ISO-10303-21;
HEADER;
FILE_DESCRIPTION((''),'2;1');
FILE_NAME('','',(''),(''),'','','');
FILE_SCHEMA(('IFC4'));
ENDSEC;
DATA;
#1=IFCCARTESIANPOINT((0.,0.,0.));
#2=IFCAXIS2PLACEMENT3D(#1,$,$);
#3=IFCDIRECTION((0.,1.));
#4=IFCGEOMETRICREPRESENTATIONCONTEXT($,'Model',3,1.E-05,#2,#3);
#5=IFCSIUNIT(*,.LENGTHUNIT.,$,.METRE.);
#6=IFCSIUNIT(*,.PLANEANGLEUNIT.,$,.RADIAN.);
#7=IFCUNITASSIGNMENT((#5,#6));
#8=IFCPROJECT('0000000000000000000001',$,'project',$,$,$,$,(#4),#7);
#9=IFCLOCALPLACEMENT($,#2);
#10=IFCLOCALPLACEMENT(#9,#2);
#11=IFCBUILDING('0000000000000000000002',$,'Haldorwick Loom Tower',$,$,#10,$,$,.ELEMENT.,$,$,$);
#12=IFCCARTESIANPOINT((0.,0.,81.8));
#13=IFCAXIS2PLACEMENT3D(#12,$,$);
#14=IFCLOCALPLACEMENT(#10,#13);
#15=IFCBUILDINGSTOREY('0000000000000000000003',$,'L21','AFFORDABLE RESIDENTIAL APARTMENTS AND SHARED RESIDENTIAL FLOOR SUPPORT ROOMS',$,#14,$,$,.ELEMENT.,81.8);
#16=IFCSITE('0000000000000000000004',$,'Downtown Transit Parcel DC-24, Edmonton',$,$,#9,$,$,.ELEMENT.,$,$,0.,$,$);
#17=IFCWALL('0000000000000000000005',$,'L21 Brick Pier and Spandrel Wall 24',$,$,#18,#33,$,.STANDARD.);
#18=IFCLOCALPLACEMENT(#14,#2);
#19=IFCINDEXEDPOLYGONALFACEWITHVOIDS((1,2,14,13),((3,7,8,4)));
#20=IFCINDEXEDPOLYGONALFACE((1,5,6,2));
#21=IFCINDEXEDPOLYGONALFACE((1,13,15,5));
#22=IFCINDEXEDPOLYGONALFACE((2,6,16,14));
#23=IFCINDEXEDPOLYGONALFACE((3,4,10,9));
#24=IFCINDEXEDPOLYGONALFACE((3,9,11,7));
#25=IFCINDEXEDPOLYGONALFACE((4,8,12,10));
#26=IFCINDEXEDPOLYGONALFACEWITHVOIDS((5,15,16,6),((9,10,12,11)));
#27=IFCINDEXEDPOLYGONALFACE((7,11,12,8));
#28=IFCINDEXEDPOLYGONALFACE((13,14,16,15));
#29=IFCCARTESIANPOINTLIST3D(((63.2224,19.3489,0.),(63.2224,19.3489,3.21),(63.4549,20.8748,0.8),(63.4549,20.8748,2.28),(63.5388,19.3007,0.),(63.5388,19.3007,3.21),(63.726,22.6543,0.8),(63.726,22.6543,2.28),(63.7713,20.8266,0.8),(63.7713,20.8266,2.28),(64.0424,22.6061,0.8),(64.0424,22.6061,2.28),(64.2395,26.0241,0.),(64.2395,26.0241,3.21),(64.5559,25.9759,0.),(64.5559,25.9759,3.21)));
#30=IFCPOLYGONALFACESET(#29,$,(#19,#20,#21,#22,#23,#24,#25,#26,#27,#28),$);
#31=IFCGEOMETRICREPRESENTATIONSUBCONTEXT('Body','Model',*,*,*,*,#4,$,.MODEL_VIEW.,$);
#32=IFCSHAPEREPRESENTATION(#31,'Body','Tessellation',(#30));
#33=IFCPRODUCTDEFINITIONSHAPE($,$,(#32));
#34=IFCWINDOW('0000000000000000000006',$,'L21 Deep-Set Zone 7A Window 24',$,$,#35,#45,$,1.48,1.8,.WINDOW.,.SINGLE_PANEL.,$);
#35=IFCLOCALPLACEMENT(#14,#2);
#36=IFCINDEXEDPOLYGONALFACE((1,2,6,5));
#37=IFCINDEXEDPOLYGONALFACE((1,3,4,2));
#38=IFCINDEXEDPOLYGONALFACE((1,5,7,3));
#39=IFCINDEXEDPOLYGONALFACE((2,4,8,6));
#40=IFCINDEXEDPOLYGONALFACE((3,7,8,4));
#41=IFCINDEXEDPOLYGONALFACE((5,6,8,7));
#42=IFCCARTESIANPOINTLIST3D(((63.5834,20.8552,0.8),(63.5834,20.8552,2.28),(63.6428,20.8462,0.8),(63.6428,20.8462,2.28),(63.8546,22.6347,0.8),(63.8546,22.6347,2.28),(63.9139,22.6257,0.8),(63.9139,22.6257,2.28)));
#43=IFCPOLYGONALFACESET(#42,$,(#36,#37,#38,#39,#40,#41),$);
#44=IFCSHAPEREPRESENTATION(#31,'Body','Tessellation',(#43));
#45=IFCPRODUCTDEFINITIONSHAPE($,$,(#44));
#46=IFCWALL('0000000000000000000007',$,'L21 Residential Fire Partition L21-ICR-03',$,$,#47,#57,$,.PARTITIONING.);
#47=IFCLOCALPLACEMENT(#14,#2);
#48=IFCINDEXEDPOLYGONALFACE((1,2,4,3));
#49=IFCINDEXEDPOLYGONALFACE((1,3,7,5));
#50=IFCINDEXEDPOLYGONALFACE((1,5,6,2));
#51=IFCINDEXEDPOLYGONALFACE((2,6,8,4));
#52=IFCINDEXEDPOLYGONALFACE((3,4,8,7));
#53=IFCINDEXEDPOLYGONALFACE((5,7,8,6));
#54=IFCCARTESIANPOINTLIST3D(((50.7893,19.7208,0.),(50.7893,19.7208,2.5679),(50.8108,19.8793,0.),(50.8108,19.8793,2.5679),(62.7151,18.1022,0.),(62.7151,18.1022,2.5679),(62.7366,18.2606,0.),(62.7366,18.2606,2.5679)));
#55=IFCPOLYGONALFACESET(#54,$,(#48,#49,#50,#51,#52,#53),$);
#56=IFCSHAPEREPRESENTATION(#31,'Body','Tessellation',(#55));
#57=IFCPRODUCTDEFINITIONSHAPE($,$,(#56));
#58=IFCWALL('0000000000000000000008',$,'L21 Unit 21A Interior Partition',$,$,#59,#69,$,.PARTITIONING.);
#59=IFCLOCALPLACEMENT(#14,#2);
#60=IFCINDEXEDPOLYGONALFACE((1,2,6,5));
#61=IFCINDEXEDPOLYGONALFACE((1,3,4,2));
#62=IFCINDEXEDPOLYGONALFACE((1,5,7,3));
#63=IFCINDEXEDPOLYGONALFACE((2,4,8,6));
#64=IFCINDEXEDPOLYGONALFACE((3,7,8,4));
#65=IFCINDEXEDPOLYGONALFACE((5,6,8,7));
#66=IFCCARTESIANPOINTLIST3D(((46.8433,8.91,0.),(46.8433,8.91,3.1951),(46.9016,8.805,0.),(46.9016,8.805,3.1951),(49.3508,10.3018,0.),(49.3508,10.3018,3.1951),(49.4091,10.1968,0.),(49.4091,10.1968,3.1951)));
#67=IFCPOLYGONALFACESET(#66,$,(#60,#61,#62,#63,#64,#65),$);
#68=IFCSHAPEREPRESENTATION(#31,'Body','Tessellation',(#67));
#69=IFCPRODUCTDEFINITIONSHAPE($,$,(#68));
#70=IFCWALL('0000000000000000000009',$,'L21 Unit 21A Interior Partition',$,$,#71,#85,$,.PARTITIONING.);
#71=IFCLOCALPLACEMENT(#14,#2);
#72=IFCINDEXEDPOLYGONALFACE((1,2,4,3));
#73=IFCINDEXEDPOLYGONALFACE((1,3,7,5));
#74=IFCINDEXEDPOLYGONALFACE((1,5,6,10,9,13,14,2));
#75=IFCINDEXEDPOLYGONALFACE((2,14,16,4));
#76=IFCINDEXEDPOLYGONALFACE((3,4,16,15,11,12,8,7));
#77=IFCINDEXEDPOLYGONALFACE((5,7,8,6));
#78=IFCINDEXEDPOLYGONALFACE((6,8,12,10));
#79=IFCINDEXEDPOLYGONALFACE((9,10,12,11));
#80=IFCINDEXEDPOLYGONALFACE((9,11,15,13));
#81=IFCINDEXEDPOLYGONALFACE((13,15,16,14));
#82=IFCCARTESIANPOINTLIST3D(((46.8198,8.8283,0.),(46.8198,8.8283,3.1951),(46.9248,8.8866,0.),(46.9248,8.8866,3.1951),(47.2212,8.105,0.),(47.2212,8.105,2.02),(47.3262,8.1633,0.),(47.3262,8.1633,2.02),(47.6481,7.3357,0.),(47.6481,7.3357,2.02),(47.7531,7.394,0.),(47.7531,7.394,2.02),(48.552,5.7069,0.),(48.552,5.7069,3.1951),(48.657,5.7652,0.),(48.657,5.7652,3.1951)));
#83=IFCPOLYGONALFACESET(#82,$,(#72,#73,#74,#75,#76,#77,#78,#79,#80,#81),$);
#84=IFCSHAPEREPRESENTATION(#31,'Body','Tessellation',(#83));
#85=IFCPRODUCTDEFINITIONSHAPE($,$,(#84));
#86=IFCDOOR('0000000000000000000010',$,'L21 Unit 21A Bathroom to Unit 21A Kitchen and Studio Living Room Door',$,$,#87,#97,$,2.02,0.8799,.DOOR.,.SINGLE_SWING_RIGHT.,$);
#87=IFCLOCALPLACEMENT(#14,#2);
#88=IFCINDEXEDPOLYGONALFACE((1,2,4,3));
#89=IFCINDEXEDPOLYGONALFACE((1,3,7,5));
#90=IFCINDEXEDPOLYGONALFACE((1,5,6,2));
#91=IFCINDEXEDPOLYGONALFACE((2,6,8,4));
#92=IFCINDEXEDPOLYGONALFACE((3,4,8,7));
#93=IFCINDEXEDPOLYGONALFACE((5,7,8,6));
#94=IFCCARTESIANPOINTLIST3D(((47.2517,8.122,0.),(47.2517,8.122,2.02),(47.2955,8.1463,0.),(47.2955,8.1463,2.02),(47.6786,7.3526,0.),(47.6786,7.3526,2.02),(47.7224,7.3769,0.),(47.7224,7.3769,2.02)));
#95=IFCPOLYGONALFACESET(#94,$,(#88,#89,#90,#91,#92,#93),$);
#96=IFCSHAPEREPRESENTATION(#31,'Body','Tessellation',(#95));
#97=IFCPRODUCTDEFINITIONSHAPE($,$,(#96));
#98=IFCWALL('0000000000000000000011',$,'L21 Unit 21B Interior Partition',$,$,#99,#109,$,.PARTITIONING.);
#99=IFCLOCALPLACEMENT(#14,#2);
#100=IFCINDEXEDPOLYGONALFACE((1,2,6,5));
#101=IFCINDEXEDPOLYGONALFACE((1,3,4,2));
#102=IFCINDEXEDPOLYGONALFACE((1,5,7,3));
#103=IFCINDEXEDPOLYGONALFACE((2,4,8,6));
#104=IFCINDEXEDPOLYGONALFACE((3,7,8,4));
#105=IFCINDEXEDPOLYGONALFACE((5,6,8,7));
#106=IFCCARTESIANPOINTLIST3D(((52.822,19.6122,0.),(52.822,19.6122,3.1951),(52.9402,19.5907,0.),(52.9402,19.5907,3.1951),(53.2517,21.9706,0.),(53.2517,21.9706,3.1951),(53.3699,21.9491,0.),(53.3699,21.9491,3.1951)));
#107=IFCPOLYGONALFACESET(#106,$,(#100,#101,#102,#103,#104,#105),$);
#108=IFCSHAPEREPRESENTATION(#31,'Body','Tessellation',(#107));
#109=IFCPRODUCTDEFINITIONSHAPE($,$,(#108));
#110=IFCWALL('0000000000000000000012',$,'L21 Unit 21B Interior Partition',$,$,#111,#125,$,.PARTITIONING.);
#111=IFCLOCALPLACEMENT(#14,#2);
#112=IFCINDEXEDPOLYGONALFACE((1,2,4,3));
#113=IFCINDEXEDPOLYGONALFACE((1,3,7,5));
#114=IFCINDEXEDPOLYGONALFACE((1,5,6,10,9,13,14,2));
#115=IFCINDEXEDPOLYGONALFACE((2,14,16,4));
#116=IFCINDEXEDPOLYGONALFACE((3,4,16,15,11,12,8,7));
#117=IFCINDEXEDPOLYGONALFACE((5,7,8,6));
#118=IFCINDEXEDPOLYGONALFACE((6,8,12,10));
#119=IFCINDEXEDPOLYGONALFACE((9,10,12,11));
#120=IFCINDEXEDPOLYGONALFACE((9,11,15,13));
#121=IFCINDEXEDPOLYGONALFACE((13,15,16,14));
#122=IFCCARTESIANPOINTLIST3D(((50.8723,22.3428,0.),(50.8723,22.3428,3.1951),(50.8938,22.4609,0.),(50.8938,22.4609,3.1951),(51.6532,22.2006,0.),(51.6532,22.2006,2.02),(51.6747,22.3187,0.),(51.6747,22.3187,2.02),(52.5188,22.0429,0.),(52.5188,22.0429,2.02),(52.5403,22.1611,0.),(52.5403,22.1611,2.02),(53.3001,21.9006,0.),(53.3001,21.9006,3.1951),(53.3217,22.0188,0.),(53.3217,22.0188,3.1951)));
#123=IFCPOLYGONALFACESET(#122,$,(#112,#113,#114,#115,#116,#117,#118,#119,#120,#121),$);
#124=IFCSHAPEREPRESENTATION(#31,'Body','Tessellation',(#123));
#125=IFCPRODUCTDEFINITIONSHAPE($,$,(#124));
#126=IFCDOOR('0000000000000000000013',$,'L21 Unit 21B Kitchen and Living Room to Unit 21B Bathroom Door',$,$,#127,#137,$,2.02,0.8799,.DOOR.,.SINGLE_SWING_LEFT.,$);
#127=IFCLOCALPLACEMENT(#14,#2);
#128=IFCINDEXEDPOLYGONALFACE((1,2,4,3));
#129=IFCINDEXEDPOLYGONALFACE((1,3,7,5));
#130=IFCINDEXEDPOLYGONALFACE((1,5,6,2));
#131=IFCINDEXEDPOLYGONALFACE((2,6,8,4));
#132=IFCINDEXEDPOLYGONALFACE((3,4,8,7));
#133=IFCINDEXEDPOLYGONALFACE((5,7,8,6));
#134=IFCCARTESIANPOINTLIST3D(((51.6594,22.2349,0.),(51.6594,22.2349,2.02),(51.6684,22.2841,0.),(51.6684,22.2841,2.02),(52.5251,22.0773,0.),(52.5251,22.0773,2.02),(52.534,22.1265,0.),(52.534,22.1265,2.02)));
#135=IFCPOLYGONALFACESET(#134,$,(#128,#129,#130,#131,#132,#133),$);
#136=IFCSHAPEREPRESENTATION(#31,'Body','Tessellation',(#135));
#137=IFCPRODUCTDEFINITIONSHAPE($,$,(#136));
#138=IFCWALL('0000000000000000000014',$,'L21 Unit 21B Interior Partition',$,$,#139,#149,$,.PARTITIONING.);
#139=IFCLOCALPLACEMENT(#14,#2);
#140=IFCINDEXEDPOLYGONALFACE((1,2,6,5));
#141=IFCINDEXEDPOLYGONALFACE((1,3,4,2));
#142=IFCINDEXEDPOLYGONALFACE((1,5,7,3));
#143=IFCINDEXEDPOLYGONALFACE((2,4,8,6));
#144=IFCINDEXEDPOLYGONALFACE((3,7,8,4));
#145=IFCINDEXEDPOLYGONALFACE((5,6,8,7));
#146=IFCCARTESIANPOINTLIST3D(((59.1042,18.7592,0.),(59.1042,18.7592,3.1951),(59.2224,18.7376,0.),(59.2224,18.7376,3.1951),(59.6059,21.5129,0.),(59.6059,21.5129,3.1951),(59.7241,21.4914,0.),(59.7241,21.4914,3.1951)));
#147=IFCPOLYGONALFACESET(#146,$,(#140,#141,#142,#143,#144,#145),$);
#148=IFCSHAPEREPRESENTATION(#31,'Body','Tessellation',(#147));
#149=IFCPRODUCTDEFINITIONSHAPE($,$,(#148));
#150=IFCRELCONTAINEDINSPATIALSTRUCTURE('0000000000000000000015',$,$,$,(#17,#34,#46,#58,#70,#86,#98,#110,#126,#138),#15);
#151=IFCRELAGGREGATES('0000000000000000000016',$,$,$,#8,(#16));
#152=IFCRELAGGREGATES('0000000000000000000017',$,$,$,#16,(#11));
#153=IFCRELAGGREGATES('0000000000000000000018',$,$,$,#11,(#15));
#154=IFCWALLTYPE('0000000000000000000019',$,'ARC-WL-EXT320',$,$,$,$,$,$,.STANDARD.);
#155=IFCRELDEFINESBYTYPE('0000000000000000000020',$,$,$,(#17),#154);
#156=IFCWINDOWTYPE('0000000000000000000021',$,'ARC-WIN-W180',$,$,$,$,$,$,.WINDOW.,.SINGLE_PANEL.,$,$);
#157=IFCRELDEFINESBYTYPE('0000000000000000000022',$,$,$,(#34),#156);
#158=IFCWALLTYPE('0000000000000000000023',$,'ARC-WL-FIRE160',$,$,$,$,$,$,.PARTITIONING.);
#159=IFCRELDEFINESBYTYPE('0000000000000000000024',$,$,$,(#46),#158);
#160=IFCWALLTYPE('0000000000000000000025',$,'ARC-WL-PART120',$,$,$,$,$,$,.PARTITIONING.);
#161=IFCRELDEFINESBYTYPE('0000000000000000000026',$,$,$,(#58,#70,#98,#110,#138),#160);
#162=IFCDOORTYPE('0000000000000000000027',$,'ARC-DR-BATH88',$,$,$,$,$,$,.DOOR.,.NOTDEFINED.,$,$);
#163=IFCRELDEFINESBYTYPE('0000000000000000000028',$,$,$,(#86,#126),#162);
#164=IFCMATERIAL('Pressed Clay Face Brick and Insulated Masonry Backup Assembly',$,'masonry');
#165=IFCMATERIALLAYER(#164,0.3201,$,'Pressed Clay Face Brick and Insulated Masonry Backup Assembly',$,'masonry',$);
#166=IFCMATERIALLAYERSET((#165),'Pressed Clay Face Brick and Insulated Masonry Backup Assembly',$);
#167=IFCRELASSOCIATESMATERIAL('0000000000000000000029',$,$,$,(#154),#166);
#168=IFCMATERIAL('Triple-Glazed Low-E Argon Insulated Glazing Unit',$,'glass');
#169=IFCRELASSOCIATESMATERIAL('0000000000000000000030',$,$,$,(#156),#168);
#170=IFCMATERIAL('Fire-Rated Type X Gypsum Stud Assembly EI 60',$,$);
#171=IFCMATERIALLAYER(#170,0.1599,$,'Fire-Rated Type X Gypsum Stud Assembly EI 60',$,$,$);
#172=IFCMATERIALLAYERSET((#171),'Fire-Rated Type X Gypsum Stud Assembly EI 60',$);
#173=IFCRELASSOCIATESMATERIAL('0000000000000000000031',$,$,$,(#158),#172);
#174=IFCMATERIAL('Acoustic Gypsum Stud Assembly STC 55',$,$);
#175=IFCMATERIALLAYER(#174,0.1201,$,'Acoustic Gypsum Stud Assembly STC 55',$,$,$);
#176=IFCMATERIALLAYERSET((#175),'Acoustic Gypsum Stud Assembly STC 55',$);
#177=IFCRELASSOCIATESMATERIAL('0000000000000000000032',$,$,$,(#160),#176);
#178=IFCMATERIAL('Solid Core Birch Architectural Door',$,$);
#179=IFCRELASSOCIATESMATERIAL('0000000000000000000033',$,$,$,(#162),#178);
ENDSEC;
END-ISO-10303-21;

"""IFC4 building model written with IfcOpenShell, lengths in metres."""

from ifc_helpers import new_model, si_unit, direction, frame, frame_2d, origin, place, context, subcontext, project, spatial, rectangle, extrude, material, layer, layer_set, type_object, element, fill, save


model = new_model("IFC4")

# Units and contexts
model_context = context("Model", 3, precision=1e-05, world=origin(), true_north=direction((0.0, 1.0)))
body_context = subcontext(model_context, "Body", "Model", "MODEL_VIEW")
ifc_project = project(units=[si_unit("LENGTHUNIT", "METRE"), si_unit("PLANEANGLEUNIT", "RADIAN")], contexts=[model_context])

# Site, building, storey
site_placement = place(None, origin())
site = spatial("IfcSite", under=ifc_project, at=site_placement, Name="Downtown Transit Parcel DC-24, Edmonton", CompositionType="ELEMENT", RefElevation=0.0)
building_placement = place(site_placement, origin())
building = spatial("IfcBuilding", under=site, at=building_placement, Name="Haldorwick Loom Tower", CompositionType="ELEMENT")
storey_placement = place(building_placement, frame((0.0, 0.0, 81.8)))
storey = spatial("IfcBuildingStorey", under=building, at=storey_placement, Name="L21", Description="AFFORDABLE RESIDENTIAL APARTMENTS AND SHARED RESIDENTIAL FLOOR SUPPORT ROOMS", CompositionType="ELEMENT", Elevation=81.8)

# Shared definitions
ifc_material_1 = material(Name="Pressed Clay Face Brick and Insulated Masonry Backup Assembly", Category="masonry")
ifc_layer_1 = layer(ifc_material_1, 0.3201, Name="Pressed Clay Face Brick and Insulated Masonry Backup Assembly", Category="masonry")
ifc_layer_set_1 = layer_set([ifc_layer_1], Name="Pressed Clay Face Brick and Insulated Masonry Backup Assembly")
wall_type_1 = type_object("IfcWallType", Name="ARC-WL-EXT320", PredefinedType="STANDARD", material=ifc_layer_set_1)
ifc_material_2 = material(Name="Triple-Glazed Low-E Argon Insulated Glazing Unit", Category="glass")
window_type = type_object("IfcWindowType", Name="ARC-WIN-W180", PartitioningType="SINGLE_PANEL", PredefinedType="WINDOW", material=ifc_material_2)

# Wall, opening, window
wall_1_placement = place(storey_placement, frame((63.3806, 19.325, 0.0), z_axis=(0.0, 0.0, 1.0), x_axis=(0.150633, 0.98859, 0.0)))
wall_1 = element("IfcWall", 1, at=wall_1_placement, inside=storey, type_object=wall_type_1, Name="L21 Brick Pier and Spandrel Wall 24", PredefinedType="STANDARD", context=body_context, shape_type="SweptSolid", body=[
    extrude(rectangle(XDim=6.7522, YDim=0.3201, at=frame_2d((3.376, 0.0))), origin(), (0.0, 0.0, 1.0), 3.21),
])
opening_1_placement = place(wall_1_placement, frame((1.5435, 0.0, 0.8)))
opening_1 = element("IfcOpeningElement", 2, at=opening_1_placement, cuts=wall_1, PredefinedType="OPENING", context=body_context, shape_type="SweptSolid", body=[
    extrude(rectangle(XDim=1.8, YDim=1.48, at=frame_2d((0.8999, 0.74))), frame((0.0, 0.1699, 0.0), z_axis=(0.0, -1.0, 0.0), x_axis=(1.0, 0.0, 0.0)), (0.0, 0.0, 1.0), 0.3401),
])
window_1_placement = place(opening_1_placement, origin())
window_1 = element("IfcWindow", 3, at=window_1_placement, inside=storey, type_object=window_type, Name="L21 Deep-Set Zone 7A Window 24", OverallHeight=1.48, OverallWidth=1.8, PartitioningType="SINGLE_PANEL", PredefinedType="WINDOW", context=body_context, shape_type="SweptSolid", body=[
    extrude(rectangle(XDim=1.8, YDim=1.48, at=frame_2d((0.8999, 0.74))), frame((0.0, 0.03, 0.0), z_axis=(0.0, -1.0, 0.0), x_axis=(1.0, 0.0, 0.0)), (0.0, 0.0, 1.0), 0.0601),
])
fill(opening_1, window_1)

# Walls
ifc_material_3 = material(Name="Fire-Rated Type X Gypsum Stud Assembly EI 60")
ifc_layer_2 = layer(ifc_material_3, 0.1599, Name="Fire-Rated Type X Gypsum Stud Assembly EI 60")
ifc_layer_set_2 = layer_set([ifc_layer_2], Name="Fire-Rated Type X Gypsum Stud Assembly EI 60")
wall_type_2 = type_object("IfcWallType", Name="ARC-WL-FIRE160", PredefinedType="PARTITIONING", material=ifc_layer_set_2)
wall_2_placement = place(storey_placement, frame((50.8, 19.8, 0.0), z_axis=(0.0, 0.0, 1.0), x_axis=(0.990914, -0.134494, 0.0)))
element("IfcWall", 4, at=wall_2_placement, inside=storey, type_object=wall_type_2, Name="L21 Residential Fire Partition L21-ICR-03", PredefinedType="PARTITIONING", context=body_context, shape_type="SweptSolid", body=[
    extrude(rectangle(XDim=12.0352, YDim=0.1599, at=frame_2d((6.0176, 0.0))), origin(), (0.0, 0.0, 1.0), 2.5679),
])
ifc_material_4 = material(Name="Acoustic Gypsum Stud Assembly STC 55")
ifc_layer_3 = layer(ifc_material_4, 0.1201, Name="Acoustic Gypsum Stud Assembly STC 55")
ifc_layer_set_3 = layer_set([ifc_layer_3], Name="Acoustic Gypsum Stud Assembly STC 55")
wall_type_3 = type_object("IfcWallType", Name="ARC-WL-PART120", PredefinedType="PARTITIONING", material=ifc_layer_set_3)
wall_3_placement = place(storey_placement, frame((46.8723, 8.8574, 0.0), z_axis=(0.0, 0.0, 1.0), x_axis=(0.874342, 0.48531, 0.0)))
element("IfcWall", 5, at=wall_3_placement, inside=storey, type_object=wall_type_3, Name="L21 Unit 21A Interior Partition", PredefinedType="PARTITIONING", context=body_context, shape_type="SweptSolid", body=[
    extrude(rectangle(XDim=2.8679, YDim=0.1201, at=frame_2d((1.4341, 0.0))), origin(), (0.0, 0.0, 1.0), 3.1951),
])

# Wall, opening, door
wall_4_placement = place(storey_placement, frame((46.8723, 8.8574, 0.0), z_axis=(0.0, 0.0, 1.0), x_axis=(0.485236, -0.874383, 0.0)))
wall_4 = element("IfcWall", 6, at=wall_4_placement, inside=storey, type_object=wall_type_3, Name="L21 Unit 21A Interior Partition", PredefinedType="PARTITIONING", context=body_context, shape_type="SweptSolid", body=[
    extrude(rectangle(XDim=3.5698, YDim=0.1201, at=frame_2d((1.7849, 0.0))), origin(), (0.0, 0.0, 1.0), 3.1951),
])
opening_2_placement = place(wall_4_placement, frame((0.8271, 0.0, 0.0)))
opening_2 = element("IfcOpeningElement", 7, at=opening_2_placement, cuts=wall_4, PredefinedType="OPENING", context=body_context, shape_type="SweptSolid", body=[
    extrude(rectangle(XDim=0.8799, YDim=2.02, at=frame_2d((0.4399, 1.01))), frame((0.0, 0.0701, 0.0), z_axis=(0.0, -1.0, 0.0), x_axis=(1.0, 0.0, 0.0)), (0.0, 0.0, 1.0), 0.1401),
])
ifc_material_5 = material(Name="Solid Core Birch Architectural Door")
door_type_1 = type_object("IfcDoorType", Name="ARC-DR-BATH88", OperationType="NOTDEFINED", PredefinedType="DOOR", material=ifc_material_5)
door_1_placement = place(opening_2_placement, origin())
door_1 = element("IfcDoor", 8, at=door_1_placement, inside=storey, type_object=door_type_1, Name="L21 Unit 21A Bathroom to Unit 21A Kitchen and Studio Living Room Door", OperationType="SINGLE_SWING_RIGHT", OverallHeight=2.02, OverallWidth=0.8799, PredefinedType="DOOR", context=body_context, shape_type="SweptSolid", body=[
    extrude(rectangle(XDim=0.8799, YDim=2.02, at=frame_2d((0.4399, 1.01))), frame((0.0, 0.0249, 0.0), z_axis=(0.0, -1.0, 0.0), x_axis=(1.0, 0.0, 0.0)), (0.0, 0.0, 1.0), 0.05),
])
fill(opening_2, door_1)

# Wall
wall_5_placement = place(storey_placement, frame((52.8811, 19.6013, 0.0), z_axis=(0.0, 0.0, 1.0), x_axis=(0.179244, 0.983805, 0.0)))
element("IfcWall", 9, at=wall_5_placement, inside=storey, type_object=wall_type_3, Name="L21 Unit 21B Interior Partition", PredefinedType="PARTITIONING", context=body_context, shape_type="SweptSolid", body=[
    extrude(rectangle(XDim=2.3972, YDim=0.1201, at=frame_2d((1.1987, 0.0))), origin(), (0.0, 0.0, 1.0), 3.1951),
])

# Wall, opening, door
wall_6_placement = place(storey_placement, frame((50.8831, 22.4019, 0.0), z_axis=(0.0, 0.0, 1.0), x_axis=(0.983818, -0.179173, 0.0)))
wall_6 = element("IfcWall", 10, at=wall_6_placement, inside=storey, type_object=wall_type_3, Name="L21 Unit 21B Interior Partition", PredefinedType="PARTITIONING", context=body_context, shape_type="SweptSolid", body=[
    extrude(rectangle(XDim=2.4678, YDim=0.1201, at=frame_2d((1.2339, 0.0))), origin(), (0.0, 0.0, 1.0), 3.1951),
])
opening_3_placement = place(wall_6_placement, frame((0.7937, 0.0, 0.0)))
opening_3 = element("IfcOpeningElement", 11, at=opening_3_placement, cuts=wall_6, PredefinedType="OPENING", context=body_context, shape_type="SweptSolid", body=[
    extrude(rectangle(XDim=0.8799, YDim=2.02, at=frame_2d((0.4399, 1.01))), frame((0.0, 0.0701, 0.0), z_axis=(0.0, -1.0, 0.0), x_axis=(1.0, 0.0, 0.0)), (0.0, 0.0, 1.0), 0.1401),
])
door_2_placement = place(opening_3_placement, origin())
door_2 = element("IfcDoor", 12, at=door_2_placement, inside=storey, type_object=door_type_1, Name="L21 Unit 21B Kitchen and Living Room to Unit 21B Bathroom Door", OperationType="SINGLE_SWING_LEFT", OverallHeight=2.02, OverallWidth=0.8799, PredefinedType="DOOR", context=body_context, shape_type="SweptSolid", body=[
    extrude(rectangle(XDim=0.8799, YDim=2.02, at=frame_2d((0.4399, 1.01))), frame((0.0, 0.0249, 0.0), z_axis=(0.0, -1.0, 0.0), x_axis=(1.0, 0.0, 0.0)), (0.0, 0.0, 1.0), 0.05),
])
fill(opening_3, door_2)

# Wall
wall_7_placement = place(storey_placement, frame((59.1633, 18.7485, 0.0), z_axis=(0.0, 0.0, 1.0), x_axis=(0.179246, 0.983804, 0.0)))
element("IfcWall", 13, at=wall_7_placement, inside=storey, type_object=wall_type_3, Name="L21 Unit 21B Interior Partition", PredefinedType="PARTITIONING", context=body_context, shape_type="SweptSolid", body=[
    extrude(rectangle(XDim=2.7991, YDim=0.1201, at=frame_2d((1.3994, 0.0))), origin(), (0.0, 0.0, 1.0), 3.1951),
])

save(model, "model.ifc")
